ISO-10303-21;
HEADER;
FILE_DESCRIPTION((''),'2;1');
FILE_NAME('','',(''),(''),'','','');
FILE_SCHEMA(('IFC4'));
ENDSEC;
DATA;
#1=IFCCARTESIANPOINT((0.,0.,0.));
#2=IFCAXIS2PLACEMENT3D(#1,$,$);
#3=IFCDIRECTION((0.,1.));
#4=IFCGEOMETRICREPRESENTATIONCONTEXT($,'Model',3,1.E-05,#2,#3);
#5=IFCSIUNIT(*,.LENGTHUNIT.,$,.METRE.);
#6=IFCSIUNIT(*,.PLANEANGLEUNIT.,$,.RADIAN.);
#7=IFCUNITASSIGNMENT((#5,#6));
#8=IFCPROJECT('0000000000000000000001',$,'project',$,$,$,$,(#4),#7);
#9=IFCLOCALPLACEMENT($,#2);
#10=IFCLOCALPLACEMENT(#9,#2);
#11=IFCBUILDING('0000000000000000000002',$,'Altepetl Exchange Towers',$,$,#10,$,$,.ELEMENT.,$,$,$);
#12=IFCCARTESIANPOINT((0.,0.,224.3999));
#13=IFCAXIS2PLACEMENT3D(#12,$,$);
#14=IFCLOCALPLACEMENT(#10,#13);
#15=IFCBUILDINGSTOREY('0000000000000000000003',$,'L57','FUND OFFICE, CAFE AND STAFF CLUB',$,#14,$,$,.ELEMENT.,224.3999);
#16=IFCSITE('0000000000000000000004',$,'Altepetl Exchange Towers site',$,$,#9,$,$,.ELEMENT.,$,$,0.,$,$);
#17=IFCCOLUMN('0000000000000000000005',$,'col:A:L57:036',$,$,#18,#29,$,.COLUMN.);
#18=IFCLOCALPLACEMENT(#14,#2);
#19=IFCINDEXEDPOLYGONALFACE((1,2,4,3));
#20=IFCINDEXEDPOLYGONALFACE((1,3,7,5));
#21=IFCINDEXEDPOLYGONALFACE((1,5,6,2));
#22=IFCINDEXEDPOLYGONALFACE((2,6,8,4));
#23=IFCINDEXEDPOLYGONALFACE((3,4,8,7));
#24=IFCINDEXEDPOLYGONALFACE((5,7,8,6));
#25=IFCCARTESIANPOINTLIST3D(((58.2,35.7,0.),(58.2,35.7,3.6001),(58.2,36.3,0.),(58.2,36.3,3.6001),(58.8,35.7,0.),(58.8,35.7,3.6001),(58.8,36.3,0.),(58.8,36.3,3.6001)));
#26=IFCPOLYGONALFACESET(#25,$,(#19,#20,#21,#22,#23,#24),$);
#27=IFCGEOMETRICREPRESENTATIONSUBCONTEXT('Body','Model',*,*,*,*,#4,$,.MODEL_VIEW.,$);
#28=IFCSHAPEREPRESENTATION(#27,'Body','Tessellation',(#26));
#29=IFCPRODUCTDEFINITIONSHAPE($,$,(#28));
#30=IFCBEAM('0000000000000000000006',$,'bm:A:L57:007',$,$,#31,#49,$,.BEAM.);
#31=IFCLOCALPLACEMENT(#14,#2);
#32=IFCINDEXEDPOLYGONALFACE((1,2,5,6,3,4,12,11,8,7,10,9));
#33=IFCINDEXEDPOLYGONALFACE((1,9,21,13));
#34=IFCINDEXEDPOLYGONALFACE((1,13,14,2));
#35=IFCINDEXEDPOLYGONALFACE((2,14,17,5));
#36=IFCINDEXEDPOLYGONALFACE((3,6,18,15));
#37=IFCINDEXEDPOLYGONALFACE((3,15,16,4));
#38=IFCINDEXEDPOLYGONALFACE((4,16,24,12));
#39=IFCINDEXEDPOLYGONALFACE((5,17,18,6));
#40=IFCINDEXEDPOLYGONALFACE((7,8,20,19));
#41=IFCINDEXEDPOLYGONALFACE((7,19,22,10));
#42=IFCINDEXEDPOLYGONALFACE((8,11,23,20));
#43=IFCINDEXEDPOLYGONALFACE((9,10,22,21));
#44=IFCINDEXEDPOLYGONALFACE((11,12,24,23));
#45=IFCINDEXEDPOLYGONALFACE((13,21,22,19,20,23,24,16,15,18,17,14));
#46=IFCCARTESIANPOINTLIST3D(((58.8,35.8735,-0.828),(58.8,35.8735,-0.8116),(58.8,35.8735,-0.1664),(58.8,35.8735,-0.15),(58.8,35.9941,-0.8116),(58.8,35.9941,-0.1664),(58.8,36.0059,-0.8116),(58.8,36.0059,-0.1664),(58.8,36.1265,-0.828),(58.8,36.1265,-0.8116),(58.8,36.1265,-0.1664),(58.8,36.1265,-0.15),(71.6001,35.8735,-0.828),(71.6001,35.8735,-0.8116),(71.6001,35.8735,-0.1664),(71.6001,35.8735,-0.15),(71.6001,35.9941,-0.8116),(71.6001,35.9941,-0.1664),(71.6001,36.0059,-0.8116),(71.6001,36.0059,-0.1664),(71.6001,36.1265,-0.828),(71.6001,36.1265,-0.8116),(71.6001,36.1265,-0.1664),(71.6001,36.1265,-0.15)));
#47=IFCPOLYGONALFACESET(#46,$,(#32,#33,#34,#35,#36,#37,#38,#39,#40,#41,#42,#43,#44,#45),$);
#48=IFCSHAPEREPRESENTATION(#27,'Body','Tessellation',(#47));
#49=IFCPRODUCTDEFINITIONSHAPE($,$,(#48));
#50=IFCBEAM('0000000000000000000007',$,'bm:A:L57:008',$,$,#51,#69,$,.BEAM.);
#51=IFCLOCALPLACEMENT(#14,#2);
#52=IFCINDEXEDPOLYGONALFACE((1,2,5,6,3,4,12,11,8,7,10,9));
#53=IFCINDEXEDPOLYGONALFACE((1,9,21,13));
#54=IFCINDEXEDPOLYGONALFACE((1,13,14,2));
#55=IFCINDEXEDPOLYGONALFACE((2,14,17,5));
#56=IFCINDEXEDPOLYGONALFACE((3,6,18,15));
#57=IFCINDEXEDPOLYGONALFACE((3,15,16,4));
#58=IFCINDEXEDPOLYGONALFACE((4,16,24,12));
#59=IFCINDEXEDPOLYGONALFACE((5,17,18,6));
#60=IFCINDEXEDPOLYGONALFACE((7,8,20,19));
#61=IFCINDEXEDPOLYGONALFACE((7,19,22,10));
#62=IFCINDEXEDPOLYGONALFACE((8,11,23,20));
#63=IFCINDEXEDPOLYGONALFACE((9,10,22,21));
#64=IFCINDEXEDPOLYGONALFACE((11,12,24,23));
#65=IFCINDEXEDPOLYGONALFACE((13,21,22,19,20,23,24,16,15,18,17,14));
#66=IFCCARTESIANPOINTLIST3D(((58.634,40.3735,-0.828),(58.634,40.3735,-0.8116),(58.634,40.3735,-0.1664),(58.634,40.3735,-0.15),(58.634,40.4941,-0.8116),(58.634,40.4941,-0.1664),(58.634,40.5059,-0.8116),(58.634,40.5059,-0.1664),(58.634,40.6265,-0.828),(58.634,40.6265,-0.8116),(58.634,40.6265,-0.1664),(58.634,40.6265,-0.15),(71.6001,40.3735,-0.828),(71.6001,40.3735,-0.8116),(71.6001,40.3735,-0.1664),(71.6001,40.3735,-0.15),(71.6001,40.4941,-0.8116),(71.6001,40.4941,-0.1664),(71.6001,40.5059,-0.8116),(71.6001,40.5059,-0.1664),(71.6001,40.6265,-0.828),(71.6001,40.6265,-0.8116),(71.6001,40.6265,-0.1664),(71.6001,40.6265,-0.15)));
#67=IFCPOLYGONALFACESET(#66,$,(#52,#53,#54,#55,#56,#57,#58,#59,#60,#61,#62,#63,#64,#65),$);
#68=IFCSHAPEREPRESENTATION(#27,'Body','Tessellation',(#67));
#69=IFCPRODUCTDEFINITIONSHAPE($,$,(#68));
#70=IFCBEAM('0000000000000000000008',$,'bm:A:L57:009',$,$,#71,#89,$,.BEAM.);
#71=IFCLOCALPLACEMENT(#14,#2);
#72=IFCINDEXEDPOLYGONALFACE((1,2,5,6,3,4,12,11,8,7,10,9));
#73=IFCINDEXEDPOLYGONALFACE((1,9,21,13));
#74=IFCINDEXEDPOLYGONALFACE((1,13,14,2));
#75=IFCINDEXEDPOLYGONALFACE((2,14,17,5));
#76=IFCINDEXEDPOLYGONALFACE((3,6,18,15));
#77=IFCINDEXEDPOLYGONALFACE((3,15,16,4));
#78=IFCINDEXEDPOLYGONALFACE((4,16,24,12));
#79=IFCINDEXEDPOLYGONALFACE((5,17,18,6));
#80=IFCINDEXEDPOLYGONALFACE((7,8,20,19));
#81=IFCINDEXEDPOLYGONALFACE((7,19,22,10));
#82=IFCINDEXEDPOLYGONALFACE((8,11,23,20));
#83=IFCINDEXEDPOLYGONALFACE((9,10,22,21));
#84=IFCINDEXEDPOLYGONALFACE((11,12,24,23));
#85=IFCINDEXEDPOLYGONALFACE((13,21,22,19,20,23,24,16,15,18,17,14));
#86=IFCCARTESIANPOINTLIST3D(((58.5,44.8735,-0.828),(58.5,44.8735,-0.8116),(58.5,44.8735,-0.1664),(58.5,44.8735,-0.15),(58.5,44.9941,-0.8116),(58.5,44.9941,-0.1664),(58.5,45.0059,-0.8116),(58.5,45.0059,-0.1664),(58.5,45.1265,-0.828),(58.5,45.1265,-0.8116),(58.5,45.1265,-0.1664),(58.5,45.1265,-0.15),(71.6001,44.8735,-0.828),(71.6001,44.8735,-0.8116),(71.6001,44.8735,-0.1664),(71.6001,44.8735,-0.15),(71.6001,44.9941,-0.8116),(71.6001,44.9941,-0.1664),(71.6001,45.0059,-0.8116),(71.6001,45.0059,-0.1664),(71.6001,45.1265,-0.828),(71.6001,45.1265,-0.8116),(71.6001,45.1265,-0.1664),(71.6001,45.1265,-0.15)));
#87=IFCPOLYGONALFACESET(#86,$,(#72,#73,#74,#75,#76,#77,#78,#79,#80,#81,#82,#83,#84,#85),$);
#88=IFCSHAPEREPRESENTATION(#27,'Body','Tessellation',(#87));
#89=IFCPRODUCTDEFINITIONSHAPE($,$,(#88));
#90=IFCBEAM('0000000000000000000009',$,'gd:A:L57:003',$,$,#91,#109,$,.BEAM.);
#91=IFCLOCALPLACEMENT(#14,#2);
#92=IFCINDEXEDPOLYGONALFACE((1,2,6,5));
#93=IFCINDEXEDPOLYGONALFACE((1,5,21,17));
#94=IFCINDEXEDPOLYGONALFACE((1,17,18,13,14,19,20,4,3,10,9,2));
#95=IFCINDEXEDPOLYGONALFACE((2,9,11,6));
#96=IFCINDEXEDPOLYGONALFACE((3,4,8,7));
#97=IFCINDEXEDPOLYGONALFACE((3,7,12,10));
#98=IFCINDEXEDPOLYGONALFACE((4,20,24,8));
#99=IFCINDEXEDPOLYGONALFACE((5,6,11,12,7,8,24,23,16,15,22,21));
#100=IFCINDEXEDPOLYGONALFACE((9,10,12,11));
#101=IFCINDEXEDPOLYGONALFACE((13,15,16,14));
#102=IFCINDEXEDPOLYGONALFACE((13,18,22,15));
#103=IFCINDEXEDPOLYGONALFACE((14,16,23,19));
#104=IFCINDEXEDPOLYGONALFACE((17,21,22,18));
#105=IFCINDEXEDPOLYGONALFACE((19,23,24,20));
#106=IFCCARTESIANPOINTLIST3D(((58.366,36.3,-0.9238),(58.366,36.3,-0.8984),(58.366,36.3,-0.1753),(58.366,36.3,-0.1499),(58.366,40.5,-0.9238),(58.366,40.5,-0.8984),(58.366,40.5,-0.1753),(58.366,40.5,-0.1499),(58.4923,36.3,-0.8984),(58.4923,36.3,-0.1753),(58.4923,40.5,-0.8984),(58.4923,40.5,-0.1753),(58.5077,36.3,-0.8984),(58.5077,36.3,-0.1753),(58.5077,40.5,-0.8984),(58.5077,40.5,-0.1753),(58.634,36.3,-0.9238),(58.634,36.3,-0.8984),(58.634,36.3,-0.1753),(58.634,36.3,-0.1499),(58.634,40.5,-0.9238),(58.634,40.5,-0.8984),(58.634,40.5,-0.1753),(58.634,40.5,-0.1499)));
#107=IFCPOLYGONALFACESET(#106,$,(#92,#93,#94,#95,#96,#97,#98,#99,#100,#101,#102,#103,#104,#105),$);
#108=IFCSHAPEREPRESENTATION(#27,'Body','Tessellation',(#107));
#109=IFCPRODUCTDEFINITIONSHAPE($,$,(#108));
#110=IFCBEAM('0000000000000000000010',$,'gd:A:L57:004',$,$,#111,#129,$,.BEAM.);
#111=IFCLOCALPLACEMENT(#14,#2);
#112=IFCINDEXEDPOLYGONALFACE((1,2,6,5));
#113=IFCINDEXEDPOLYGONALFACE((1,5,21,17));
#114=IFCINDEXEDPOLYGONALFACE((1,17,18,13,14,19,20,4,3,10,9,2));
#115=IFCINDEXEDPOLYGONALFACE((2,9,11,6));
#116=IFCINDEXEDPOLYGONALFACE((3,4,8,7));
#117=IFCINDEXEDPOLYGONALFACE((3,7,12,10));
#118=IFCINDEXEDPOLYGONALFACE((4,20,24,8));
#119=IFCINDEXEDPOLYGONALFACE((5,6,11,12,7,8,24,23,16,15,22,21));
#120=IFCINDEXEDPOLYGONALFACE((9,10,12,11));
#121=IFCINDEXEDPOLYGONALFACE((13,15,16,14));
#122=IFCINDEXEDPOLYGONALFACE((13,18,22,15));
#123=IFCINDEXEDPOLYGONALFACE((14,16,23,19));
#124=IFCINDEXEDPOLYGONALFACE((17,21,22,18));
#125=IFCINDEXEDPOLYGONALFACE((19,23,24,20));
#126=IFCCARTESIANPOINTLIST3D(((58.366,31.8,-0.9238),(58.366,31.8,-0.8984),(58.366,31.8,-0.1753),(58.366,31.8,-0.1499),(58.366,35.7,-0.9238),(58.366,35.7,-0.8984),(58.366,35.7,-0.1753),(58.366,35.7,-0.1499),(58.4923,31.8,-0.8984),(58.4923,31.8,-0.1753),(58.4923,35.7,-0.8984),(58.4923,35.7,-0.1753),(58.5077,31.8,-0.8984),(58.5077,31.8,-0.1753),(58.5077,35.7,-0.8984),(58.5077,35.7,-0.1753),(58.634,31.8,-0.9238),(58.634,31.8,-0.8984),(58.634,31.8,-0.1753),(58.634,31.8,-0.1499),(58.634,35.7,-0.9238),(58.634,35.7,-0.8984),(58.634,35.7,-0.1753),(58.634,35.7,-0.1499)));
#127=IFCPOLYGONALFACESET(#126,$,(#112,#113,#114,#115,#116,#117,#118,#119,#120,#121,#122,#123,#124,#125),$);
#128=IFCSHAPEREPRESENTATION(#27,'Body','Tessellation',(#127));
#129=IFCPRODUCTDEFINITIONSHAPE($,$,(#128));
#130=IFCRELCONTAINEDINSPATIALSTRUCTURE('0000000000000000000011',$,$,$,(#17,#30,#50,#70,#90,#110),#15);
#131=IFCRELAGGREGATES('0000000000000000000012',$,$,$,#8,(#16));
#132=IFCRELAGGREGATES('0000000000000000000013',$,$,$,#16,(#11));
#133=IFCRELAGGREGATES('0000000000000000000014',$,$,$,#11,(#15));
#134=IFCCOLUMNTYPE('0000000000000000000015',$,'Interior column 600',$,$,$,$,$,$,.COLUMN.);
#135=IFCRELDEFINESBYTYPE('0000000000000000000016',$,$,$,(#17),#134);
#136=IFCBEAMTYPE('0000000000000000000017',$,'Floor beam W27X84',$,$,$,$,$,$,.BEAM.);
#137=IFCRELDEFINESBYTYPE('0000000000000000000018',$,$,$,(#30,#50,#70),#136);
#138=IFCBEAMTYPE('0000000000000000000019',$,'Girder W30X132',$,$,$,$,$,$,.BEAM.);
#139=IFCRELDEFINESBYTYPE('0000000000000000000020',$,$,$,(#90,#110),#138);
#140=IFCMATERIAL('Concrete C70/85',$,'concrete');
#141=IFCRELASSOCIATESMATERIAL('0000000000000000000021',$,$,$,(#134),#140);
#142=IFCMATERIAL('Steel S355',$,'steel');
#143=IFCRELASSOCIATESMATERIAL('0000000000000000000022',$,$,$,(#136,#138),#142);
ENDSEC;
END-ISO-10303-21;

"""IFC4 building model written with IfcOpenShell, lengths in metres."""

from ifc_helpers import new_model, si_unit, direction, frame, origin, origin_2d, place, context, subcontext, project, spatial, rectangle, i_section, extrude, material, material_profile, profile_set, type_object, element, save


model = new_model("IFC4")

# Units and contexts
model_context = context("Model", 3, precision=1e-05, world=origin(), true_north=direction((0.0, 1.0)))
body_context = subcontext(model_context, "Body", "Model", "MODEL_VIEW")
ifc_project = project(units=[si_unit("LENGTHUNIT", "METRE"), si_unit("PLANEANGLEUNIT", "RADIAN")], contexts=[model_context])

# Site, building, storey
site_placement = place(None, origin())
site = spatial("IfcSite", under=ifc_project, at=site_placement, Name="Altepetl Exchange Towers site", CompositionType="ELEMENT", RefElevation=0.0)
building_placement = place(site_placement, origin())
building = spatial("IfcBuilding", under=site, at=building_placement, Name="Altepetl Exchange Towers", CompositionType="ELEMENT")
storey_placement = place(building_placement, frame((0.0, 0.0, 224.3999)))
storey = spatial("IfcBuildingStorey", under=building, at=storey_placement, Name="L57", Description="FUND OFFICE, CAFE AND STAFF CLUB", CompositionType="ELEMENT", Elevation=224.3999)

# Column
ifc_material_1 = material(Name="Concrete C70/85", Category="concrete")
ifc_material_profile_1 = material_profile(ifc_material_1, rectangle(XDim=0.6001, YDim=0.6001, at=origin_2d()), Name="600 x 600")
ifc_profile_set_1 = profile_set([ifc_material_profile_1], Name="Concrete C70/85")
column_type = type_object("IfcColumnType", Name="Interior column 600", PredefinedType="COLUMN", material=ifc_profile_set_1)
column_placement = place(storey_placement, frame((58.5, 36.0, 0.0)))
element("IfcColumn", 1, at=column_placement, inside=storey, type_object=column_type, Name="col:A:L57:036", PredefinedType="COLUMN", context=body_context, shape_type="SweptSolid", body=[
    extrude(rectangle(XDim=0.6001, YDim=0.6001, at=origin_2d()), origin(), (0.0, 0.0, 1.0), 3.6001),
])

# Beams
ifc_material_2 = material(Name="Steel S355", Category="steel")
ifc_material_profile_2 = material_profile(ifc_material_2, i_section(OverallWidth=0.2529, OverallDepth=0.678, WebThickness=0.0117, FlangeThickness=0.0164, at=origin_2d()), Name="W27X84")
ifc_profile_set_2 = profile_set([ifc_material_profile_2], Name="Steel S355")
beam_type_1 = type_object("IfcBeamType", Name="Floor beam W27X84", PredefinedType="BEAM", material=ifc_profile_set_2)
beam_1_placement = place(storey_placement, frame((58.8, 36.0, -0.489), z_axis=(1.0, 0.0, 0.0), x_axis=(0.0, 1.0, 0.0)))
element("IfcBeam", 2, at=beam_1_placement, inside=storey, type_object=beam_type_1, Name="bm:A:L57:007", PredefinedType="BEAM", context=body_context, shape_type="SweptSolid", body=[
    extrude(i_section(OverallWidth=0.2529, OverallDepth=0.678, WebThickness=0.0117, FlangeThickness=0.0164, at=origin_2d()), origin(), (0.0, 0.0, 1.0), 12.8),
])
beam_2_placement = place(storey_placement, frame((58.634, 40.5, -0.489), z_axis=(1.0, 0.0, 0.0), x_axis=(0.0, 1.0, 0.0)))
element("IfcBeam", 3, at=beam_2_placement, inside=storey, type_object=beam_type_1, Name="bm:A:L57:008", PredefinedType="BEAM", context=body_context, shape_type="SweptSolid", body=[
    extrude(i_section(OverallWidth=0.2529, OverallDepth=0.678, WebThickness=0.0117, FlangeThickness=0.0164, at=origin_2d()), origin(), (0.0, 0.0, 1.0), 12.9661),
])
beam_3_placement = place(storey_placement, frame((58.5, 45.0, -0.489), z_axis=(1.0, 0.0, 0.0), x_axis=(0.0, 1.0, 0.0)))
element("IfcBeam", 4, at=beam_3_placement, inside=storey, type_object=beam_type_1, Name="bm:A:L57:009", PredefinedType="BEAM", context=body_context, shape_type="SweptSolid", body=[
    extrude(i_section(OverallWidth=0.2529, OverallDepth=0.678, WebThickness=0.0117, FlangeThickness=0.0164, at=origin_2d()), origin(), (0.0, 0.0, 1.0), 13.1001),
])
ifc_material_profile_3 = material_profile(ifc_material_2, i_section(OverallWidth=0.2681, OverallDepth=0.7739, WebThickness=0.0154, FlangeThickness=0.0254, at=origin_2d()), Name="W30X132")
ifc_profile_set_3 = profile_set([ifc_material_profile_3], Name="Steel S355")
beam_type_2 = type_object("IfcBeamType", Name="Girder W30X132", PredefinedType="BEAM", material=ifc_profile_set_3)
beam_4_placement = place(storey_placement, frame((58.5, 40.5, -0.5369), z_axis=(0.0, -1.0, 0.0), x_axis=(1.0, 0.0, 0.0)))
element("IfcBeam", 5, at=beam_4_placement, inside=storey, type_object=beam_type_2, Name="gd:A:L57:003", PredefinedType="BEAM", context=body_context, shape_type="SweptSolid", body=[
    extrude(i_section(OverallWidth=0.2681, OverallDepth=0.7739, WebThickness=0.0154, FlangeThickness=0.0254, at=origin_2d()), origin(), (0.0, 0.0, 1.0), 4.2),
])
beam_5_placement = place(storey_placement, frame((58.5, 35.7, -0.5369), z_axis=(0.0, -1.0, 0.0), x_axis=(1.0, 0.0, 0.0)))
element("IfcBeam", 6, at=beam_5_placement, inside=storey, type_object=beam_type_2, Name="gd:A:L57:004", PredefinedType="BEAM", context=body_context, shape_type="SweptSolid", body=[
    extrude(i_section(OverallWidth=0.2681, OverallDepth=0.7739, WebThickness=0.0154, FlangeThickness=0.0254, at=origin_2d()), origin(), (0.0, 0.0, 1.0), 3.8999),
])

save(model, "model.ifc")
